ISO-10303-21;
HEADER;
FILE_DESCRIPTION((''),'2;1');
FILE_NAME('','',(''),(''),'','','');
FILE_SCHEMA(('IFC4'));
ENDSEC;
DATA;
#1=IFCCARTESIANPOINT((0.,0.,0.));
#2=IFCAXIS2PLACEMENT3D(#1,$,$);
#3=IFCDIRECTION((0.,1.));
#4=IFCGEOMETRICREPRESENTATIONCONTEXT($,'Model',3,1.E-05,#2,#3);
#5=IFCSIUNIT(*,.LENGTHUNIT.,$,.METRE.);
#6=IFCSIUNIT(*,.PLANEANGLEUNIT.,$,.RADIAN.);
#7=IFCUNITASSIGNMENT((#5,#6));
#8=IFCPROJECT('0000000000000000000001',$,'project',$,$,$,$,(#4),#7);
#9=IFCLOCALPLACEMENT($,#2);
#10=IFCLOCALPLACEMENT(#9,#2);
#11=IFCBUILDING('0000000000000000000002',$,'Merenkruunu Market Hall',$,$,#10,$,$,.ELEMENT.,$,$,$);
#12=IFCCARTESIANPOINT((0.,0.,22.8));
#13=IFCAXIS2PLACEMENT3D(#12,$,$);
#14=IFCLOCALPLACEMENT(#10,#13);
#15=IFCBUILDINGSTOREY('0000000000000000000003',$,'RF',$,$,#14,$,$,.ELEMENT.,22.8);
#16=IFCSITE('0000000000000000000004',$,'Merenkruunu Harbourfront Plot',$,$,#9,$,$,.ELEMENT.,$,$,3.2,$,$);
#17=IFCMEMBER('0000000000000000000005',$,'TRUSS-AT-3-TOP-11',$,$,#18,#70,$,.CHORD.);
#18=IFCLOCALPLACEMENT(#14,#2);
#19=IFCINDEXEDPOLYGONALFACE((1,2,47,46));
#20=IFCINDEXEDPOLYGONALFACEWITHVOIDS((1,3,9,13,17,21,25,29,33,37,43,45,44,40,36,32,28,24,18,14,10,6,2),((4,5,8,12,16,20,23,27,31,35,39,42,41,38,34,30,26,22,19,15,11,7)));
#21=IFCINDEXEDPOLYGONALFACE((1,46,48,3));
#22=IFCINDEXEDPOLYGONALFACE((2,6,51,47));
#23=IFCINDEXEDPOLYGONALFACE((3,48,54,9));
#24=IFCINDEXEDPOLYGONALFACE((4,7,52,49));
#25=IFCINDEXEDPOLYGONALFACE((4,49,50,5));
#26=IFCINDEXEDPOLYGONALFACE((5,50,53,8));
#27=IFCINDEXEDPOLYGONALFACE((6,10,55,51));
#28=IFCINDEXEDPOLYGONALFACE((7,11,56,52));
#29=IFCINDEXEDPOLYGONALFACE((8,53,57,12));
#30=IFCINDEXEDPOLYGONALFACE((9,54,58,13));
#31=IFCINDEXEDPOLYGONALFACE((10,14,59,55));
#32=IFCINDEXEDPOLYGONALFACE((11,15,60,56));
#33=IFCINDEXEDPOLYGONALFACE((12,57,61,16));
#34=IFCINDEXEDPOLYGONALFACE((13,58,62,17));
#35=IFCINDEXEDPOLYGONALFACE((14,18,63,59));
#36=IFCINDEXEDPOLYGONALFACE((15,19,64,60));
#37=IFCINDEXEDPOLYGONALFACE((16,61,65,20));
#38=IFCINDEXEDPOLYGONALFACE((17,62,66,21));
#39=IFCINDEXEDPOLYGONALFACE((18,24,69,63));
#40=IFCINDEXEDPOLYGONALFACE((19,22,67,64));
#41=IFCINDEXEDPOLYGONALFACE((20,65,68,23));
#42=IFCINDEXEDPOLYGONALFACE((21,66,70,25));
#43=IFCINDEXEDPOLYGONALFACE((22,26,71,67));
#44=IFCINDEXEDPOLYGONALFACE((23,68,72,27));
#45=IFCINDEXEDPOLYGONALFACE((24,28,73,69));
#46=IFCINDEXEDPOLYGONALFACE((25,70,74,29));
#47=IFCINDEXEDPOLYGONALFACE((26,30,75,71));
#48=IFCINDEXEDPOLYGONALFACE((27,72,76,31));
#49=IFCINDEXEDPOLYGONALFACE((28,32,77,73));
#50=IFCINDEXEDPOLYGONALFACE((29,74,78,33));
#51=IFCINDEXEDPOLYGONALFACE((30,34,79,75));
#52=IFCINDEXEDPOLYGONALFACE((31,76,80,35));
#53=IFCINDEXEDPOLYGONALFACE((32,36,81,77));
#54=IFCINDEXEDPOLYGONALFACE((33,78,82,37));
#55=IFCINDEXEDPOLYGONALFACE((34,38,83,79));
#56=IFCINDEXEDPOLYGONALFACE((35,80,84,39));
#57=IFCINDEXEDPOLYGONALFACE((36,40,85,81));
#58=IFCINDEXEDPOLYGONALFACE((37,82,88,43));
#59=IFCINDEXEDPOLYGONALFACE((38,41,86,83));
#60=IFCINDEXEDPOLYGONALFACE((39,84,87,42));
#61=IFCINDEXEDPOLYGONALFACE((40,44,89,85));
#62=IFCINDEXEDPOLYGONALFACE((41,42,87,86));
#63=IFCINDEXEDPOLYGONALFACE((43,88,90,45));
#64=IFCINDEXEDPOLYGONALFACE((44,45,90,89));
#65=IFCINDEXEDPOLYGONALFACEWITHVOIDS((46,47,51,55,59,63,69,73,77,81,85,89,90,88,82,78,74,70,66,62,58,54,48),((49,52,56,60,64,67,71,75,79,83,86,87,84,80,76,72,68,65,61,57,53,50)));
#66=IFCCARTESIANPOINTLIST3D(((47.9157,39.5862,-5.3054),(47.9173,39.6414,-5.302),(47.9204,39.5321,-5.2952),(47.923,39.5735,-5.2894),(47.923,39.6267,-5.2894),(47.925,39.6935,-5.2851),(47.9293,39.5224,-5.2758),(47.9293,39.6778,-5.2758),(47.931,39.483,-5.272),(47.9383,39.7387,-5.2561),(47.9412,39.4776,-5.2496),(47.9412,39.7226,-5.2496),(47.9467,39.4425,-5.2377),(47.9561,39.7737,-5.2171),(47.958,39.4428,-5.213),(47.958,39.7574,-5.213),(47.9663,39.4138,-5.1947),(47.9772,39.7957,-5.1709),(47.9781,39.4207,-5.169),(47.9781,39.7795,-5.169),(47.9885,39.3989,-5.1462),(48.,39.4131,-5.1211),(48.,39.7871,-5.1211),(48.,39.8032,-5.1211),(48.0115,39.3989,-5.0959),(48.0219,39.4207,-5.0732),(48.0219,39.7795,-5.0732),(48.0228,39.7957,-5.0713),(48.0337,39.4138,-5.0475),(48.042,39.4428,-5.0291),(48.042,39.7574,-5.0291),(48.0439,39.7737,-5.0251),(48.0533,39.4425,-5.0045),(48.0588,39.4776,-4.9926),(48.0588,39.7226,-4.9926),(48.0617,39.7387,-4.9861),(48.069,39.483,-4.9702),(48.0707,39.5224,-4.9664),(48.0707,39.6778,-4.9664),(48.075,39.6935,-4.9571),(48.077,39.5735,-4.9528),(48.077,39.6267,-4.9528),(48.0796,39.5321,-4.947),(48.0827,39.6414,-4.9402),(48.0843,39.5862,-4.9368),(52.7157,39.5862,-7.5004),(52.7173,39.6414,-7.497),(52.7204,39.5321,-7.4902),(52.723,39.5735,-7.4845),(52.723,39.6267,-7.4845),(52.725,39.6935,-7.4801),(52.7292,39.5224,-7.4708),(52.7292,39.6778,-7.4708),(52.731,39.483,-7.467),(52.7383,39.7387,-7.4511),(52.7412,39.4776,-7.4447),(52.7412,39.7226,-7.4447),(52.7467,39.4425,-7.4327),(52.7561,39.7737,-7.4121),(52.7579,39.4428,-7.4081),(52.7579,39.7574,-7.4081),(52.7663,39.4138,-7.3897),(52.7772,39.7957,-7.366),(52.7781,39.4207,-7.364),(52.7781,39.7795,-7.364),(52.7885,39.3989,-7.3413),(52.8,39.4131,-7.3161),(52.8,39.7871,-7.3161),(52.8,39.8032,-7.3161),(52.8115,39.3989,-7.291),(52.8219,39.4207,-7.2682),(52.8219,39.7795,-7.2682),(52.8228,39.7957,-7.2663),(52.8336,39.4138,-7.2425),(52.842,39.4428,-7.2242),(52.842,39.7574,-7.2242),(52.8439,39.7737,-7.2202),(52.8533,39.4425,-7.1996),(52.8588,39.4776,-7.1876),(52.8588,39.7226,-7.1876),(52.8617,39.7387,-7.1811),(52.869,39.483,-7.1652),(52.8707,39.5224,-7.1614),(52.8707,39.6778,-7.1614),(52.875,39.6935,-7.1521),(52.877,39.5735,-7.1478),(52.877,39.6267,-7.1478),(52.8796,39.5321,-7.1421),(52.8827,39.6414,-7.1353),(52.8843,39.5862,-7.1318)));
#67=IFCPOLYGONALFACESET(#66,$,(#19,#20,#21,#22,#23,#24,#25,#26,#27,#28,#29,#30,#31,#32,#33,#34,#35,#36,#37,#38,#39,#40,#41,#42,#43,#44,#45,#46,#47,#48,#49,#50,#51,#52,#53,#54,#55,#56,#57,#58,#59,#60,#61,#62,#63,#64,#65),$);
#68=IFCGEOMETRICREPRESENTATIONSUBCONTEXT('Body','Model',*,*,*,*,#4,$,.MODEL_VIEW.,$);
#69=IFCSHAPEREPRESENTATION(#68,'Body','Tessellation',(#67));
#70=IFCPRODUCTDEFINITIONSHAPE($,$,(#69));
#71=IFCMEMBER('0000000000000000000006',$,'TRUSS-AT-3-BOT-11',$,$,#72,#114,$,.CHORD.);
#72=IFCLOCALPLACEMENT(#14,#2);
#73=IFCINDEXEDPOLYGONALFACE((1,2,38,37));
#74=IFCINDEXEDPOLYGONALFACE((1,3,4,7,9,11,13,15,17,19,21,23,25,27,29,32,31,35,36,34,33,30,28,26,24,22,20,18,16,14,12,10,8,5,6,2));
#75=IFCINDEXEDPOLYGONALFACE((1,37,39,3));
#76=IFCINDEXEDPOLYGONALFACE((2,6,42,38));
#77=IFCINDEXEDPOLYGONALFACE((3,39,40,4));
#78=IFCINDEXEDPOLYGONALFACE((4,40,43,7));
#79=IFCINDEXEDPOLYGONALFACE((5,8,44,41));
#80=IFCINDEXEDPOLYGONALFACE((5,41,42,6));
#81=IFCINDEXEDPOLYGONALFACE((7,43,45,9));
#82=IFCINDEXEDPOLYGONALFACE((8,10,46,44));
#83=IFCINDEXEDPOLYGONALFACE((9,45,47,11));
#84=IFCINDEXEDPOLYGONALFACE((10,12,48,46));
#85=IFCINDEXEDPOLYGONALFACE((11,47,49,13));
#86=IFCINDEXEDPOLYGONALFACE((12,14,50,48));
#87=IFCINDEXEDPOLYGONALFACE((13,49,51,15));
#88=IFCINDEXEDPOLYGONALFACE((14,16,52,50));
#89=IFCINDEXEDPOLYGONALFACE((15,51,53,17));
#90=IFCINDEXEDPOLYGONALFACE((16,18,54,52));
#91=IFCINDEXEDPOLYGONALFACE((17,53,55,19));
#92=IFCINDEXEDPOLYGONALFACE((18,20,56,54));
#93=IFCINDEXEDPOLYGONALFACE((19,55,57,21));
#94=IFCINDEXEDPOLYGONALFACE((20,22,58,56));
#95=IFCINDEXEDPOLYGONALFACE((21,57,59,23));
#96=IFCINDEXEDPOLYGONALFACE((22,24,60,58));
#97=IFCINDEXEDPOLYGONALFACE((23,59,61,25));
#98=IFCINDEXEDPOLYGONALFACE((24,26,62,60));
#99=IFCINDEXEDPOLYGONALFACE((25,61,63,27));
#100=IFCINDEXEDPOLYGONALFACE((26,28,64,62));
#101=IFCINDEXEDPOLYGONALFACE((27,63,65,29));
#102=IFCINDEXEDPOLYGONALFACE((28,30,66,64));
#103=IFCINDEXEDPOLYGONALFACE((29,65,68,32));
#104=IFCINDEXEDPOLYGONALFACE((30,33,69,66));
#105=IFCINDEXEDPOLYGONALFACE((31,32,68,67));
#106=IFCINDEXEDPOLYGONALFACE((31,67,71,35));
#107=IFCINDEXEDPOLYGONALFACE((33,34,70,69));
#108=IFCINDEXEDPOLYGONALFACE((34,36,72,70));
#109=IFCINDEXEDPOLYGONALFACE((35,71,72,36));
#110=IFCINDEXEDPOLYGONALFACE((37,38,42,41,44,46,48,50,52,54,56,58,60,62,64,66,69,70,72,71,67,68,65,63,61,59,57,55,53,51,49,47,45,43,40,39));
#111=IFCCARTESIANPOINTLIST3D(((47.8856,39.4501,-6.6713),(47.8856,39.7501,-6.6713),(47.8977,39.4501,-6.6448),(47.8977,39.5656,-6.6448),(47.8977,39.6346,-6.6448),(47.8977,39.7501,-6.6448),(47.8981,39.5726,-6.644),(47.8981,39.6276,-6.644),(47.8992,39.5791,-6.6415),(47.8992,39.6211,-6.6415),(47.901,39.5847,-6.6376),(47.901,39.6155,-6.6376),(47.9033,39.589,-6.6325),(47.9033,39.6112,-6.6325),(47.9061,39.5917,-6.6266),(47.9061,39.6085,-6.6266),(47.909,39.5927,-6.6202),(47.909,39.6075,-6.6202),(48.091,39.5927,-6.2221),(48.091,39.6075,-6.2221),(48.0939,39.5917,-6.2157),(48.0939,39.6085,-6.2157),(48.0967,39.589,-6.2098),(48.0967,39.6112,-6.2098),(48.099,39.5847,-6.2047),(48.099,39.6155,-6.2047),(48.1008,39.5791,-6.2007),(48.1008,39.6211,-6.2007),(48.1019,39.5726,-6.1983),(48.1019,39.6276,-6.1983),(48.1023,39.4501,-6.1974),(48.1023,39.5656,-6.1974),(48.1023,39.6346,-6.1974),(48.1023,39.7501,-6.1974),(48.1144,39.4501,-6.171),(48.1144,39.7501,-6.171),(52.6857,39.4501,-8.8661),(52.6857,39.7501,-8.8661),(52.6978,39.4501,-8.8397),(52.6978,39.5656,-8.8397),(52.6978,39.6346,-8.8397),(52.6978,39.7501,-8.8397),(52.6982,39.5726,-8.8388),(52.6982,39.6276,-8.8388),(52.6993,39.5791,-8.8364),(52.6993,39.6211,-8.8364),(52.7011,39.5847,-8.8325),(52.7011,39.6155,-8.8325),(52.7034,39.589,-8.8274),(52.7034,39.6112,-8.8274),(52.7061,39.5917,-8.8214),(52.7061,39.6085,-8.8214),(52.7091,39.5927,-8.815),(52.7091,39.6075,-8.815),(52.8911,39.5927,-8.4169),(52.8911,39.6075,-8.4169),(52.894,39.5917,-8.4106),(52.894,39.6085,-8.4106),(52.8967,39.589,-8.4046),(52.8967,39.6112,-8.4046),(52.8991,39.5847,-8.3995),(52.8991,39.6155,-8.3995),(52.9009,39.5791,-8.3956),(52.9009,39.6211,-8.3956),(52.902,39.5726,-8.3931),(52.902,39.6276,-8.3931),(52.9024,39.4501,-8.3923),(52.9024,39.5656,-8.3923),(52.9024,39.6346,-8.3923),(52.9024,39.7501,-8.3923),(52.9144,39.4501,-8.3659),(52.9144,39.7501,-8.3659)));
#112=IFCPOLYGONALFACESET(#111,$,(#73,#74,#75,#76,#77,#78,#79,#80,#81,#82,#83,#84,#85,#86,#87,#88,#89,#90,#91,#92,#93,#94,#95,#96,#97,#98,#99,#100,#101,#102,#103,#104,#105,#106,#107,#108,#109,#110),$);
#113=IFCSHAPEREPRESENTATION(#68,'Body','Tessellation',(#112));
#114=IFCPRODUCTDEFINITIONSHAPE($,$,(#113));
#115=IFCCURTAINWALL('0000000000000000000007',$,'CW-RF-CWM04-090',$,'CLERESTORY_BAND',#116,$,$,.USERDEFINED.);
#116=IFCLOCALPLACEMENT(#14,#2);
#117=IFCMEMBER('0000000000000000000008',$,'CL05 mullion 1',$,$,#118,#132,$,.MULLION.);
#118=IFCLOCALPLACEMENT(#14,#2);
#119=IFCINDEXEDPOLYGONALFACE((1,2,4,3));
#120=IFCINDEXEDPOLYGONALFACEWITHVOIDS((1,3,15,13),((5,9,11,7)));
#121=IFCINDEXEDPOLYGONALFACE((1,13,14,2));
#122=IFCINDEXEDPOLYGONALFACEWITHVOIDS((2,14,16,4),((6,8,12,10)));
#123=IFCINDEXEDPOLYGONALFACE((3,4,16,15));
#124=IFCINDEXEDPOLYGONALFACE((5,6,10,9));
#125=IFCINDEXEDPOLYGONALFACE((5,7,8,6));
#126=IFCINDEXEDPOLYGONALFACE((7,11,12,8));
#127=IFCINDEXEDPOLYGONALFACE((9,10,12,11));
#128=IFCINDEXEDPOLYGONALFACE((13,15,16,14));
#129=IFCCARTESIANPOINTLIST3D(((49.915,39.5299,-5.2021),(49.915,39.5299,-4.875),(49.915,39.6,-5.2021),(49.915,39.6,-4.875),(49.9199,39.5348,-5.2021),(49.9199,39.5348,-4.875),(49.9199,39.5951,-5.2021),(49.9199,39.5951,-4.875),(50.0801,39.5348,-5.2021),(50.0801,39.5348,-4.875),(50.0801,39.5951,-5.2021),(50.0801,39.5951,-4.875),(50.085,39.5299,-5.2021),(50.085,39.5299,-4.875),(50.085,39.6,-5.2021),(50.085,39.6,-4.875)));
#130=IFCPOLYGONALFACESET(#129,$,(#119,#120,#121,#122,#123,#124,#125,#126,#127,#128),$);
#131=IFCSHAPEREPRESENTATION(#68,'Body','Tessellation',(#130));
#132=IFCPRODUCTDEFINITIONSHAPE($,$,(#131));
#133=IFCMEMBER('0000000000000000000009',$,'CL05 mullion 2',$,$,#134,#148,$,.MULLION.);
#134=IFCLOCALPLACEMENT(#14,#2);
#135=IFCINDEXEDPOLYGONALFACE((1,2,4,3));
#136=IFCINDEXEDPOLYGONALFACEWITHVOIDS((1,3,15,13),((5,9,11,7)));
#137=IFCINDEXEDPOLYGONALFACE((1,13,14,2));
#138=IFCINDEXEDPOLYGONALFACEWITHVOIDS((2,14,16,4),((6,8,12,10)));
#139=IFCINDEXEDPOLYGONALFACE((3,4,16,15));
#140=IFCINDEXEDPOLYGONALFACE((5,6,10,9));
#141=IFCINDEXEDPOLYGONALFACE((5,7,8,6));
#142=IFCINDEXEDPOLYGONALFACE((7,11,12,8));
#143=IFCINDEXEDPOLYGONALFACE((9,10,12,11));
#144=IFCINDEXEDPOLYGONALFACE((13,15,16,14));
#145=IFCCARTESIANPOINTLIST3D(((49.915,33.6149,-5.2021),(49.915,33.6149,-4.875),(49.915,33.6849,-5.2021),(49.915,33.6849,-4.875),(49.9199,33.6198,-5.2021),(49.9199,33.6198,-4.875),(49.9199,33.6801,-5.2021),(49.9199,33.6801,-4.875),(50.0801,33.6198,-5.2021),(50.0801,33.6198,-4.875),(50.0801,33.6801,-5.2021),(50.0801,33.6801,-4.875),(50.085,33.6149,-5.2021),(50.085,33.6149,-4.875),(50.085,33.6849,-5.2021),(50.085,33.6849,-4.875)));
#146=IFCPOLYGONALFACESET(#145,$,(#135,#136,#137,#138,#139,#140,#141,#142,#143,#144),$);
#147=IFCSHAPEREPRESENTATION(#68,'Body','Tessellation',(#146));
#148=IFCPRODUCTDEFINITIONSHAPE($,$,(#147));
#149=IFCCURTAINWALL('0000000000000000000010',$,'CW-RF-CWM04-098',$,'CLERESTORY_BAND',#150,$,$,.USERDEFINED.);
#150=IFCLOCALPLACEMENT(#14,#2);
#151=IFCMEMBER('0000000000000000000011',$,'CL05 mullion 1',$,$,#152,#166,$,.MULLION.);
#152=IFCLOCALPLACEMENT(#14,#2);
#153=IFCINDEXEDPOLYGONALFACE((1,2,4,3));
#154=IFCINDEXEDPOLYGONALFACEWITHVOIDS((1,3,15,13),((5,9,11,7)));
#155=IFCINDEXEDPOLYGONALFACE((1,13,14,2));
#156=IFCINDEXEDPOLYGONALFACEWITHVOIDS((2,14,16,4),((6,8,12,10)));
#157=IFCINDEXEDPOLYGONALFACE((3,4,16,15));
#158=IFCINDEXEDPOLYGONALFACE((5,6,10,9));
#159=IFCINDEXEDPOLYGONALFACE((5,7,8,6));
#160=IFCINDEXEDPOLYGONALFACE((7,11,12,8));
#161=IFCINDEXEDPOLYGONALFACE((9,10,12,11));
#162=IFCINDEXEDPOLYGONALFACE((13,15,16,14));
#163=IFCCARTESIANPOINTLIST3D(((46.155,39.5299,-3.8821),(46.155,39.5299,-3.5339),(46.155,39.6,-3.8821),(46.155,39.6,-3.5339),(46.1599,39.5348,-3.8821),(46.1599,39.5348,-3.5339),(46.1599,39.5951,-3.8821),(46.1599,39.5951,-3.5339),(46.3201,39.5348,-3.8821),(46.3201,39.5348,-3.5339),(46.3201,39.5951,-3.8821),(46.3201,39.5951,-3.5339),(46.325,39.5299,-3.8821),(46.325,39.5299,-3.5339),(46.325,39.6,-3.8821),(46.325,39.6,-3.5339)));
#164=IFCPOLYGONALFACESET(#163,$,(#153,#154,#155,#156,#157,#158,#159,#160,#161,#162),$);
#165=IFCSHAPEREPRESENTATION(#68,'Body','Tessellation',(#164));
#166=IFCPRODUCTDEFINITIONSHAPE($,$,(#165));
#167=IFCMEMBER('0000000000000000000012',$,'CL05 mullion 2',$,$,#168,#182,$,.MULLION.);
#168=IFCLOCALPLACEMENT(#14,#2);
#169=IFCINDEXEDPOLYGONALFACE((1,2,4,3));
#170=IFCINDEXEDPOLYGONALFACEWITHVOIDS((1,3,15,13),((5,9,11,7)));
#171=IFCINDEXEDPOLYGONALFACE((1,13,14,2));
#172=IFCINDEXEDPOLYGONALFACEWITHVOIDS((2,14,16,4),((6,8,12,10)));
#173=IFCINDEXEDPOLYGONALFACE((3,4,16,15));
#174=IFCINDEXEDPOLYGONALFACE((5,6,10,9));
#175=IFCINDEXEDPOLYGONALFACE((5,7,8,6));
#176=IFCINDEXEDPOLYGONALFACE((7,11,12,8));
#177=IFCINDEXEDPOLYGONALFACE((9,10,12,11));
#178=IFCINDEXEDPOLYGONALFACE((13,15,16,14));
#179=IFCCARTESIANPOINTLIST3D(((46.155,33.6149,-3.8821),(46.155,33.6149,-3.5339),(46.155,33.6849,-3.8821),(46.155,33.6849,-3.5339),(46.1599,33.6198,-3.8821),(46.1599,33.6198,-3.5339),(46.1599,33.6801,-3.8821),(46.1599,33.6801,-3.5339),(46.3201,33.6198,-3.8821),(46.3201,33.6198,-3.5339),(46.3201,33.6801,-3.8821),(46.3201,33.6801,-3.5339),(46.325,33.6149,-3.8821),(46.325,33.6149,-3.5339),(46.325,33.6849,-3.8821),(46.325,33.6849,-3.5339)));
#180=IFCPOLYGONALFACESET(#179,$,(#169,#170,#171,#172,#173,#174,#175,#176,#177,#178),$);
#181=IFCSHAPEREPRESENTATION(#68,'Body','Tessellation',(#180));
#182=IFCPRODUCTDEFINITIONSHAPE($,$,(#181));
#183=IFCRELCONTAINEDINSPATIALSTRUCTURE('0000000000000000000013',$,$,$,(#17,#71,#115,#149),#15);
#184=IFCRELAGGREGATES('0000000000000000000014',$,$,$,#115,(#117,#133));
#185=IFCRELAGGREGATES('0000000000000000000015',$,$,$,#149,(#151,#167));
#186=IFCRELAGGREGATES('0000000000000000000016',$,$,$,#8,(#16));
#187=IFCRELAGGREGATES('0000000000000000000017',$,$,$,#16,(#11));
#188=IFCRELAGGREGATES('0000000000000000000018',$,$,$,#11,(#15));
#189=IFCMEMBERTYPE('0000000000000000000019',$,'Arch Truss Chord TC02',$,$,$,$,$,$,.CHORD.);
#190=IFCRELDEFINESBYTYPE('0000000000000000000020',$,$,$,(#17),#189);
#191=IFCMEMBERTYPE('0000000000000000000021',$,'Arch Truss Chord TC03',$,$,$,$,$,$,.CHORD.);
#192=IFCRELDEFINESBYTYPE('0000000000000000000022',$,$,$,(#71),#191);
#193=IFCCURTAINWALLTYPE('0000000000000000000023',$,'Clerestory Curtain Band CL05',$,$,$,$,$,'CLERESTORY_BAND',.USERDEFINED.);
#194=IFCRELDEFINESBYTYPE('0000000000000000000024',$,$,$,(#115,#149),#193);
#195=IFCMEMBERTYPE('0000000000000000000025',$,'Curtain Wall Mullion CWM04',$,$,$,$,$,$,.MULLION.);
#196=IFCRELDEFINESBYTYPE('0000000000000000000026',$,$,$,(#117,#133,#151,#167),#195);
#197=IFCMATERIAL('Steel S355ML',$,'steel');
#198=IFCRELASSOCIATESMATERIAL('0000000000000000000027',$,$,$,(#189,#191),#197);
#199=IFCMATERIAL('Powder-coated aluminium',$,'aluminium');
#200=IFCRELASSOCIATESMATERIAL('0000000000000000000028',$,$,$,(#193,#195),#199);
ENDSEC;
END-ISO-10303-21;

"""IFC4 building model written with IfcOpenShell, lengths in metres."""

from ifc_helpers import new_model, si_unit, direction, frame, origin, origin_2d, place, context, subcontext, project, spatial, hollow_rectangle, hollow_circle, i_section, extrude, material, material_profile, profile_set, type_object, element, aggregate, save


model = new_model("IFC4")

# Units and contexts
model_context = context("Model", 3, precision=1e-05, world=origin(), true_north=direction((0.0, 1.0)))
body_context = subcontext(model_context, "Body", "Model", "MODEL_VIEW")
ifc_project = project(units=[si_unit("LENGTHUNIT", "METRE"), si_unit("PLANEANGLEUNIT", "RADIAN")], contexts=[model_context])

# Site, building, storey
site_placement = place(None, origin())
site = spatial("IfcSite", under=ifc_project, at=site_placement, Name="Merenkruunu Harbourfront Plot", CompositionType="ELEMENT", RefElevation=3.2)
building_placement = place(site_placement, origin())
building = spatial("IfcBuilding", under=site, at=building_placement, Name="Merenkruunu Market Hall", CompositionType="ELEMENT")
storey_placement = place(building_placement, frame((0.0, 0.0, 22.8)))
storey = spatial("IfcBuildingStorey", under=building, at=storey_placement, Name="RF", CompositionType="ELEMENT", Elevation=22.8)

# Members
ifc_material_1 = material(Name="Steel S355ML", Category="steel")
ifc_material_profile_1 = material_profile(ifc_material_1, hollow_circle(Radius=0.2031, WallThickness=0.0161, at=origin_2d()), Name="CHS 406.4x16")
ifc_profile_set_1 = profile_set([ifc_material_profile_1], Name="Steel S355ML")
member_type_1 = type_object("IfcMemberType", Name="Arch Truss Chord TC02", PredefinedType="CHORD", material=ifc_profile_set_1)
member_1_placement = place(storey_placement, frame((48.0, 39.6001, -5.1211), z_axis=(0.90942, 0.0, -0.415879), x_axis=(0.0, 1.0, 0.0)))
element("IfcMember", 1, at=member_1_placement, inside=storey, type_object=member_type_1, Name="TRUSS-AT-3-TOP-11", PredefinedType="CHORD", context=body_context, shape_type="SweptSolid", body=[
    extrude(hollow_circle(Radius=0.2031, WallThickness=0.0161, at=origin_2d()), origin(), (0.0, 0.0, 1.0), 5.2781),
])
ifc_material_profile_2 = material_profile(ifc_material_1, i_section(OverallWidth=0.3, OverallDepth=0.55, WebThickness=0.0149, FlangeThickness=0.0291, FilletRadius=0.0271, at=origin_2d()), Name="HEB 550")
ifc_profile_set_2 = profile_set([ifc_material_profile_2], Name="Steel S355ML")
member_type_2 = type_object("IfcMemberType", Name="Arch Truss Chord TC03", PredefinedType="CHORD", material=ifc_profile_set_2)
member_2_placement = place(storey_placement, frame((48.0, 39.6001, -6.4211), z_axis=(0.909437, 0.0, -0.415841), x_axis=(0.0, 1.0, 0.0)))
element("IfcMember", 2, at=member_2_placement, inside=storey, type_object=member_type_2, Name="TRUSS-AT-3-BOT-11", PredefinedType="CHORD", context=body_context, shape_type="SweptSolid", body=[
    extrude(i_section(OverallWidth=0.3, OverallDepth=0.55, WebThickness=0.0149, FlangeThickness=0.0291, FilletRadius=0.0271, at=origin_2d()), origin(), (0.0, 0.0, 1.0), 5.2781),
])

# Curtain walls, members
ifc_material_2 = material(Name="Powder-coated aluminium", Category="aluminium")
curtain_wall_type = type_object("IfcCurtainWallType", Name="Clerestory Curtain Band CL05", ElementType="CLERESTORY_BAND", PredefinedType="USERDEFINED", material=ifc_material_2)
curtain_wall_1_placement = place(storey_placement, origin())
curtain_wall_1 = element("IfcCurtainWall", 3, at=curtain_wall_1_placement, inside=storey, type_object=curtain_wall_type, Name="CW-RF-CWM04-090", ObjectType="CLERESTORY_BAND", PredefinedType="USERDEFINED")
ifc_material_profile_3 = material_profile(ifc_material_2, hollow_rectangle(XDim=0.0701, YDim=0.1699, WallThickness=0.0049, at=origin_2d()), Name="ALU 70x170x5")
ifc_profile_set_3 = profile_set([ifc_material_profile_3], Name="Powder-coated aluminium")
member_type_3 = type_object("IfcMemberType", Name="Curtain Wall Mullion CWM04", PredefinedType="MULLION", material=ifc_profile_set_3)
member_3_placement = place(storey_placement, frame((50.0, 39.5649, -5.2021), z_axis=(0.0, 0.0, 1.0), x_axis=(0.0, -1.0, 0.0)))
member_3 = element("IfcMember", 4, at=member_3_placement, type_object=member_type_3, Name="CL05 mullion 1", PredefinedType="MULLION", context=body_context, shape_type="SweptSolid", body=[
    extrude(hollow_rectangle(XDim=0.0701, YDim=0.1699, WallThickness=0.0049, at=origin_2d()), origin(), (0.0, 0.0, 1.0), 0.3271),
])
member_4_placement = place(storey_placement, frame((50.0, 33.6499, -5.2021), z_axis=(0.0, 0.0, 1.0), x_axis=(0.0, -1.0, 0.0)))
member_4 = element("IfcMember", 5, at=member_4_placement, type_object=member_type_3, Name="CL05 mullion 2", PredefinedType="MULLION", context=body_context, shape_type="SweptSolid", body=[
    extrude(hollow_rectangle(XDim=0.0701, YDim=0.1699, WallThickness=0.0049, at=origin_2d()), origin(), (0.0, 0.0, 1.0), 0.3271),
])
curtain_wall_2_placement = place(storey_placement, origin())
curtain_wall_2 = element("IfcCurtainWall", 6, at=curtain_wall_2_placement, inside=storey, type_object=curtain_wall_type, Name="CW-RF-CWM04-098", ObjectType="CLERESTORY_BAND", PredefinedType="USERDEFINED")
member_5_placement = place(storey_placement, frame((46.24, 39.5649, -3.8821), z_axis=(0.0, 0.0, 1.0), x_axis=(0.0, -1.0, 0.0)))
member_5 = element("IfcMember", 7, at=member_5_placement, type_object=member_type_3, Name="CL05 mullion 1", PredefinedType="MULLION", context=body_context, shape_type="SweptSolid", body=[
    extrude(hollow_rectangle(XDim=0.0701, YDim=0.1699, WallThickness=0.0049, at=origin_2d()), origin(), (0.0, 0.0, 1.0), 0.3481),
])
member_6_placement = place(storey_placement, frame((46.24, 33.6499, -3.8821), z_axis=(0.0, 0.0, 1.0), x_axis=(0.0, -1.0, 0.0)))
member_6 = element("IfcMember", 8, at=member_6_placement, type_object=member_type_3, Name="CL05 mullion 2", PredefinedType="MULLION", context=body_context, shape_type="SweptSolid", body=[
    extrude(hollow_rectangle(XDim=0.0701, YDim=0.1699, WallThickness=0.0049, at=origin_2d()), origin(), (0.0, 0.0, 1.0), 0.3481),
])

aggregate(curtain_wall_1, [member_3, member_4])
aggregate(curtain_wall_2, [member_5, member_6])

save(model, "model.ifc")
